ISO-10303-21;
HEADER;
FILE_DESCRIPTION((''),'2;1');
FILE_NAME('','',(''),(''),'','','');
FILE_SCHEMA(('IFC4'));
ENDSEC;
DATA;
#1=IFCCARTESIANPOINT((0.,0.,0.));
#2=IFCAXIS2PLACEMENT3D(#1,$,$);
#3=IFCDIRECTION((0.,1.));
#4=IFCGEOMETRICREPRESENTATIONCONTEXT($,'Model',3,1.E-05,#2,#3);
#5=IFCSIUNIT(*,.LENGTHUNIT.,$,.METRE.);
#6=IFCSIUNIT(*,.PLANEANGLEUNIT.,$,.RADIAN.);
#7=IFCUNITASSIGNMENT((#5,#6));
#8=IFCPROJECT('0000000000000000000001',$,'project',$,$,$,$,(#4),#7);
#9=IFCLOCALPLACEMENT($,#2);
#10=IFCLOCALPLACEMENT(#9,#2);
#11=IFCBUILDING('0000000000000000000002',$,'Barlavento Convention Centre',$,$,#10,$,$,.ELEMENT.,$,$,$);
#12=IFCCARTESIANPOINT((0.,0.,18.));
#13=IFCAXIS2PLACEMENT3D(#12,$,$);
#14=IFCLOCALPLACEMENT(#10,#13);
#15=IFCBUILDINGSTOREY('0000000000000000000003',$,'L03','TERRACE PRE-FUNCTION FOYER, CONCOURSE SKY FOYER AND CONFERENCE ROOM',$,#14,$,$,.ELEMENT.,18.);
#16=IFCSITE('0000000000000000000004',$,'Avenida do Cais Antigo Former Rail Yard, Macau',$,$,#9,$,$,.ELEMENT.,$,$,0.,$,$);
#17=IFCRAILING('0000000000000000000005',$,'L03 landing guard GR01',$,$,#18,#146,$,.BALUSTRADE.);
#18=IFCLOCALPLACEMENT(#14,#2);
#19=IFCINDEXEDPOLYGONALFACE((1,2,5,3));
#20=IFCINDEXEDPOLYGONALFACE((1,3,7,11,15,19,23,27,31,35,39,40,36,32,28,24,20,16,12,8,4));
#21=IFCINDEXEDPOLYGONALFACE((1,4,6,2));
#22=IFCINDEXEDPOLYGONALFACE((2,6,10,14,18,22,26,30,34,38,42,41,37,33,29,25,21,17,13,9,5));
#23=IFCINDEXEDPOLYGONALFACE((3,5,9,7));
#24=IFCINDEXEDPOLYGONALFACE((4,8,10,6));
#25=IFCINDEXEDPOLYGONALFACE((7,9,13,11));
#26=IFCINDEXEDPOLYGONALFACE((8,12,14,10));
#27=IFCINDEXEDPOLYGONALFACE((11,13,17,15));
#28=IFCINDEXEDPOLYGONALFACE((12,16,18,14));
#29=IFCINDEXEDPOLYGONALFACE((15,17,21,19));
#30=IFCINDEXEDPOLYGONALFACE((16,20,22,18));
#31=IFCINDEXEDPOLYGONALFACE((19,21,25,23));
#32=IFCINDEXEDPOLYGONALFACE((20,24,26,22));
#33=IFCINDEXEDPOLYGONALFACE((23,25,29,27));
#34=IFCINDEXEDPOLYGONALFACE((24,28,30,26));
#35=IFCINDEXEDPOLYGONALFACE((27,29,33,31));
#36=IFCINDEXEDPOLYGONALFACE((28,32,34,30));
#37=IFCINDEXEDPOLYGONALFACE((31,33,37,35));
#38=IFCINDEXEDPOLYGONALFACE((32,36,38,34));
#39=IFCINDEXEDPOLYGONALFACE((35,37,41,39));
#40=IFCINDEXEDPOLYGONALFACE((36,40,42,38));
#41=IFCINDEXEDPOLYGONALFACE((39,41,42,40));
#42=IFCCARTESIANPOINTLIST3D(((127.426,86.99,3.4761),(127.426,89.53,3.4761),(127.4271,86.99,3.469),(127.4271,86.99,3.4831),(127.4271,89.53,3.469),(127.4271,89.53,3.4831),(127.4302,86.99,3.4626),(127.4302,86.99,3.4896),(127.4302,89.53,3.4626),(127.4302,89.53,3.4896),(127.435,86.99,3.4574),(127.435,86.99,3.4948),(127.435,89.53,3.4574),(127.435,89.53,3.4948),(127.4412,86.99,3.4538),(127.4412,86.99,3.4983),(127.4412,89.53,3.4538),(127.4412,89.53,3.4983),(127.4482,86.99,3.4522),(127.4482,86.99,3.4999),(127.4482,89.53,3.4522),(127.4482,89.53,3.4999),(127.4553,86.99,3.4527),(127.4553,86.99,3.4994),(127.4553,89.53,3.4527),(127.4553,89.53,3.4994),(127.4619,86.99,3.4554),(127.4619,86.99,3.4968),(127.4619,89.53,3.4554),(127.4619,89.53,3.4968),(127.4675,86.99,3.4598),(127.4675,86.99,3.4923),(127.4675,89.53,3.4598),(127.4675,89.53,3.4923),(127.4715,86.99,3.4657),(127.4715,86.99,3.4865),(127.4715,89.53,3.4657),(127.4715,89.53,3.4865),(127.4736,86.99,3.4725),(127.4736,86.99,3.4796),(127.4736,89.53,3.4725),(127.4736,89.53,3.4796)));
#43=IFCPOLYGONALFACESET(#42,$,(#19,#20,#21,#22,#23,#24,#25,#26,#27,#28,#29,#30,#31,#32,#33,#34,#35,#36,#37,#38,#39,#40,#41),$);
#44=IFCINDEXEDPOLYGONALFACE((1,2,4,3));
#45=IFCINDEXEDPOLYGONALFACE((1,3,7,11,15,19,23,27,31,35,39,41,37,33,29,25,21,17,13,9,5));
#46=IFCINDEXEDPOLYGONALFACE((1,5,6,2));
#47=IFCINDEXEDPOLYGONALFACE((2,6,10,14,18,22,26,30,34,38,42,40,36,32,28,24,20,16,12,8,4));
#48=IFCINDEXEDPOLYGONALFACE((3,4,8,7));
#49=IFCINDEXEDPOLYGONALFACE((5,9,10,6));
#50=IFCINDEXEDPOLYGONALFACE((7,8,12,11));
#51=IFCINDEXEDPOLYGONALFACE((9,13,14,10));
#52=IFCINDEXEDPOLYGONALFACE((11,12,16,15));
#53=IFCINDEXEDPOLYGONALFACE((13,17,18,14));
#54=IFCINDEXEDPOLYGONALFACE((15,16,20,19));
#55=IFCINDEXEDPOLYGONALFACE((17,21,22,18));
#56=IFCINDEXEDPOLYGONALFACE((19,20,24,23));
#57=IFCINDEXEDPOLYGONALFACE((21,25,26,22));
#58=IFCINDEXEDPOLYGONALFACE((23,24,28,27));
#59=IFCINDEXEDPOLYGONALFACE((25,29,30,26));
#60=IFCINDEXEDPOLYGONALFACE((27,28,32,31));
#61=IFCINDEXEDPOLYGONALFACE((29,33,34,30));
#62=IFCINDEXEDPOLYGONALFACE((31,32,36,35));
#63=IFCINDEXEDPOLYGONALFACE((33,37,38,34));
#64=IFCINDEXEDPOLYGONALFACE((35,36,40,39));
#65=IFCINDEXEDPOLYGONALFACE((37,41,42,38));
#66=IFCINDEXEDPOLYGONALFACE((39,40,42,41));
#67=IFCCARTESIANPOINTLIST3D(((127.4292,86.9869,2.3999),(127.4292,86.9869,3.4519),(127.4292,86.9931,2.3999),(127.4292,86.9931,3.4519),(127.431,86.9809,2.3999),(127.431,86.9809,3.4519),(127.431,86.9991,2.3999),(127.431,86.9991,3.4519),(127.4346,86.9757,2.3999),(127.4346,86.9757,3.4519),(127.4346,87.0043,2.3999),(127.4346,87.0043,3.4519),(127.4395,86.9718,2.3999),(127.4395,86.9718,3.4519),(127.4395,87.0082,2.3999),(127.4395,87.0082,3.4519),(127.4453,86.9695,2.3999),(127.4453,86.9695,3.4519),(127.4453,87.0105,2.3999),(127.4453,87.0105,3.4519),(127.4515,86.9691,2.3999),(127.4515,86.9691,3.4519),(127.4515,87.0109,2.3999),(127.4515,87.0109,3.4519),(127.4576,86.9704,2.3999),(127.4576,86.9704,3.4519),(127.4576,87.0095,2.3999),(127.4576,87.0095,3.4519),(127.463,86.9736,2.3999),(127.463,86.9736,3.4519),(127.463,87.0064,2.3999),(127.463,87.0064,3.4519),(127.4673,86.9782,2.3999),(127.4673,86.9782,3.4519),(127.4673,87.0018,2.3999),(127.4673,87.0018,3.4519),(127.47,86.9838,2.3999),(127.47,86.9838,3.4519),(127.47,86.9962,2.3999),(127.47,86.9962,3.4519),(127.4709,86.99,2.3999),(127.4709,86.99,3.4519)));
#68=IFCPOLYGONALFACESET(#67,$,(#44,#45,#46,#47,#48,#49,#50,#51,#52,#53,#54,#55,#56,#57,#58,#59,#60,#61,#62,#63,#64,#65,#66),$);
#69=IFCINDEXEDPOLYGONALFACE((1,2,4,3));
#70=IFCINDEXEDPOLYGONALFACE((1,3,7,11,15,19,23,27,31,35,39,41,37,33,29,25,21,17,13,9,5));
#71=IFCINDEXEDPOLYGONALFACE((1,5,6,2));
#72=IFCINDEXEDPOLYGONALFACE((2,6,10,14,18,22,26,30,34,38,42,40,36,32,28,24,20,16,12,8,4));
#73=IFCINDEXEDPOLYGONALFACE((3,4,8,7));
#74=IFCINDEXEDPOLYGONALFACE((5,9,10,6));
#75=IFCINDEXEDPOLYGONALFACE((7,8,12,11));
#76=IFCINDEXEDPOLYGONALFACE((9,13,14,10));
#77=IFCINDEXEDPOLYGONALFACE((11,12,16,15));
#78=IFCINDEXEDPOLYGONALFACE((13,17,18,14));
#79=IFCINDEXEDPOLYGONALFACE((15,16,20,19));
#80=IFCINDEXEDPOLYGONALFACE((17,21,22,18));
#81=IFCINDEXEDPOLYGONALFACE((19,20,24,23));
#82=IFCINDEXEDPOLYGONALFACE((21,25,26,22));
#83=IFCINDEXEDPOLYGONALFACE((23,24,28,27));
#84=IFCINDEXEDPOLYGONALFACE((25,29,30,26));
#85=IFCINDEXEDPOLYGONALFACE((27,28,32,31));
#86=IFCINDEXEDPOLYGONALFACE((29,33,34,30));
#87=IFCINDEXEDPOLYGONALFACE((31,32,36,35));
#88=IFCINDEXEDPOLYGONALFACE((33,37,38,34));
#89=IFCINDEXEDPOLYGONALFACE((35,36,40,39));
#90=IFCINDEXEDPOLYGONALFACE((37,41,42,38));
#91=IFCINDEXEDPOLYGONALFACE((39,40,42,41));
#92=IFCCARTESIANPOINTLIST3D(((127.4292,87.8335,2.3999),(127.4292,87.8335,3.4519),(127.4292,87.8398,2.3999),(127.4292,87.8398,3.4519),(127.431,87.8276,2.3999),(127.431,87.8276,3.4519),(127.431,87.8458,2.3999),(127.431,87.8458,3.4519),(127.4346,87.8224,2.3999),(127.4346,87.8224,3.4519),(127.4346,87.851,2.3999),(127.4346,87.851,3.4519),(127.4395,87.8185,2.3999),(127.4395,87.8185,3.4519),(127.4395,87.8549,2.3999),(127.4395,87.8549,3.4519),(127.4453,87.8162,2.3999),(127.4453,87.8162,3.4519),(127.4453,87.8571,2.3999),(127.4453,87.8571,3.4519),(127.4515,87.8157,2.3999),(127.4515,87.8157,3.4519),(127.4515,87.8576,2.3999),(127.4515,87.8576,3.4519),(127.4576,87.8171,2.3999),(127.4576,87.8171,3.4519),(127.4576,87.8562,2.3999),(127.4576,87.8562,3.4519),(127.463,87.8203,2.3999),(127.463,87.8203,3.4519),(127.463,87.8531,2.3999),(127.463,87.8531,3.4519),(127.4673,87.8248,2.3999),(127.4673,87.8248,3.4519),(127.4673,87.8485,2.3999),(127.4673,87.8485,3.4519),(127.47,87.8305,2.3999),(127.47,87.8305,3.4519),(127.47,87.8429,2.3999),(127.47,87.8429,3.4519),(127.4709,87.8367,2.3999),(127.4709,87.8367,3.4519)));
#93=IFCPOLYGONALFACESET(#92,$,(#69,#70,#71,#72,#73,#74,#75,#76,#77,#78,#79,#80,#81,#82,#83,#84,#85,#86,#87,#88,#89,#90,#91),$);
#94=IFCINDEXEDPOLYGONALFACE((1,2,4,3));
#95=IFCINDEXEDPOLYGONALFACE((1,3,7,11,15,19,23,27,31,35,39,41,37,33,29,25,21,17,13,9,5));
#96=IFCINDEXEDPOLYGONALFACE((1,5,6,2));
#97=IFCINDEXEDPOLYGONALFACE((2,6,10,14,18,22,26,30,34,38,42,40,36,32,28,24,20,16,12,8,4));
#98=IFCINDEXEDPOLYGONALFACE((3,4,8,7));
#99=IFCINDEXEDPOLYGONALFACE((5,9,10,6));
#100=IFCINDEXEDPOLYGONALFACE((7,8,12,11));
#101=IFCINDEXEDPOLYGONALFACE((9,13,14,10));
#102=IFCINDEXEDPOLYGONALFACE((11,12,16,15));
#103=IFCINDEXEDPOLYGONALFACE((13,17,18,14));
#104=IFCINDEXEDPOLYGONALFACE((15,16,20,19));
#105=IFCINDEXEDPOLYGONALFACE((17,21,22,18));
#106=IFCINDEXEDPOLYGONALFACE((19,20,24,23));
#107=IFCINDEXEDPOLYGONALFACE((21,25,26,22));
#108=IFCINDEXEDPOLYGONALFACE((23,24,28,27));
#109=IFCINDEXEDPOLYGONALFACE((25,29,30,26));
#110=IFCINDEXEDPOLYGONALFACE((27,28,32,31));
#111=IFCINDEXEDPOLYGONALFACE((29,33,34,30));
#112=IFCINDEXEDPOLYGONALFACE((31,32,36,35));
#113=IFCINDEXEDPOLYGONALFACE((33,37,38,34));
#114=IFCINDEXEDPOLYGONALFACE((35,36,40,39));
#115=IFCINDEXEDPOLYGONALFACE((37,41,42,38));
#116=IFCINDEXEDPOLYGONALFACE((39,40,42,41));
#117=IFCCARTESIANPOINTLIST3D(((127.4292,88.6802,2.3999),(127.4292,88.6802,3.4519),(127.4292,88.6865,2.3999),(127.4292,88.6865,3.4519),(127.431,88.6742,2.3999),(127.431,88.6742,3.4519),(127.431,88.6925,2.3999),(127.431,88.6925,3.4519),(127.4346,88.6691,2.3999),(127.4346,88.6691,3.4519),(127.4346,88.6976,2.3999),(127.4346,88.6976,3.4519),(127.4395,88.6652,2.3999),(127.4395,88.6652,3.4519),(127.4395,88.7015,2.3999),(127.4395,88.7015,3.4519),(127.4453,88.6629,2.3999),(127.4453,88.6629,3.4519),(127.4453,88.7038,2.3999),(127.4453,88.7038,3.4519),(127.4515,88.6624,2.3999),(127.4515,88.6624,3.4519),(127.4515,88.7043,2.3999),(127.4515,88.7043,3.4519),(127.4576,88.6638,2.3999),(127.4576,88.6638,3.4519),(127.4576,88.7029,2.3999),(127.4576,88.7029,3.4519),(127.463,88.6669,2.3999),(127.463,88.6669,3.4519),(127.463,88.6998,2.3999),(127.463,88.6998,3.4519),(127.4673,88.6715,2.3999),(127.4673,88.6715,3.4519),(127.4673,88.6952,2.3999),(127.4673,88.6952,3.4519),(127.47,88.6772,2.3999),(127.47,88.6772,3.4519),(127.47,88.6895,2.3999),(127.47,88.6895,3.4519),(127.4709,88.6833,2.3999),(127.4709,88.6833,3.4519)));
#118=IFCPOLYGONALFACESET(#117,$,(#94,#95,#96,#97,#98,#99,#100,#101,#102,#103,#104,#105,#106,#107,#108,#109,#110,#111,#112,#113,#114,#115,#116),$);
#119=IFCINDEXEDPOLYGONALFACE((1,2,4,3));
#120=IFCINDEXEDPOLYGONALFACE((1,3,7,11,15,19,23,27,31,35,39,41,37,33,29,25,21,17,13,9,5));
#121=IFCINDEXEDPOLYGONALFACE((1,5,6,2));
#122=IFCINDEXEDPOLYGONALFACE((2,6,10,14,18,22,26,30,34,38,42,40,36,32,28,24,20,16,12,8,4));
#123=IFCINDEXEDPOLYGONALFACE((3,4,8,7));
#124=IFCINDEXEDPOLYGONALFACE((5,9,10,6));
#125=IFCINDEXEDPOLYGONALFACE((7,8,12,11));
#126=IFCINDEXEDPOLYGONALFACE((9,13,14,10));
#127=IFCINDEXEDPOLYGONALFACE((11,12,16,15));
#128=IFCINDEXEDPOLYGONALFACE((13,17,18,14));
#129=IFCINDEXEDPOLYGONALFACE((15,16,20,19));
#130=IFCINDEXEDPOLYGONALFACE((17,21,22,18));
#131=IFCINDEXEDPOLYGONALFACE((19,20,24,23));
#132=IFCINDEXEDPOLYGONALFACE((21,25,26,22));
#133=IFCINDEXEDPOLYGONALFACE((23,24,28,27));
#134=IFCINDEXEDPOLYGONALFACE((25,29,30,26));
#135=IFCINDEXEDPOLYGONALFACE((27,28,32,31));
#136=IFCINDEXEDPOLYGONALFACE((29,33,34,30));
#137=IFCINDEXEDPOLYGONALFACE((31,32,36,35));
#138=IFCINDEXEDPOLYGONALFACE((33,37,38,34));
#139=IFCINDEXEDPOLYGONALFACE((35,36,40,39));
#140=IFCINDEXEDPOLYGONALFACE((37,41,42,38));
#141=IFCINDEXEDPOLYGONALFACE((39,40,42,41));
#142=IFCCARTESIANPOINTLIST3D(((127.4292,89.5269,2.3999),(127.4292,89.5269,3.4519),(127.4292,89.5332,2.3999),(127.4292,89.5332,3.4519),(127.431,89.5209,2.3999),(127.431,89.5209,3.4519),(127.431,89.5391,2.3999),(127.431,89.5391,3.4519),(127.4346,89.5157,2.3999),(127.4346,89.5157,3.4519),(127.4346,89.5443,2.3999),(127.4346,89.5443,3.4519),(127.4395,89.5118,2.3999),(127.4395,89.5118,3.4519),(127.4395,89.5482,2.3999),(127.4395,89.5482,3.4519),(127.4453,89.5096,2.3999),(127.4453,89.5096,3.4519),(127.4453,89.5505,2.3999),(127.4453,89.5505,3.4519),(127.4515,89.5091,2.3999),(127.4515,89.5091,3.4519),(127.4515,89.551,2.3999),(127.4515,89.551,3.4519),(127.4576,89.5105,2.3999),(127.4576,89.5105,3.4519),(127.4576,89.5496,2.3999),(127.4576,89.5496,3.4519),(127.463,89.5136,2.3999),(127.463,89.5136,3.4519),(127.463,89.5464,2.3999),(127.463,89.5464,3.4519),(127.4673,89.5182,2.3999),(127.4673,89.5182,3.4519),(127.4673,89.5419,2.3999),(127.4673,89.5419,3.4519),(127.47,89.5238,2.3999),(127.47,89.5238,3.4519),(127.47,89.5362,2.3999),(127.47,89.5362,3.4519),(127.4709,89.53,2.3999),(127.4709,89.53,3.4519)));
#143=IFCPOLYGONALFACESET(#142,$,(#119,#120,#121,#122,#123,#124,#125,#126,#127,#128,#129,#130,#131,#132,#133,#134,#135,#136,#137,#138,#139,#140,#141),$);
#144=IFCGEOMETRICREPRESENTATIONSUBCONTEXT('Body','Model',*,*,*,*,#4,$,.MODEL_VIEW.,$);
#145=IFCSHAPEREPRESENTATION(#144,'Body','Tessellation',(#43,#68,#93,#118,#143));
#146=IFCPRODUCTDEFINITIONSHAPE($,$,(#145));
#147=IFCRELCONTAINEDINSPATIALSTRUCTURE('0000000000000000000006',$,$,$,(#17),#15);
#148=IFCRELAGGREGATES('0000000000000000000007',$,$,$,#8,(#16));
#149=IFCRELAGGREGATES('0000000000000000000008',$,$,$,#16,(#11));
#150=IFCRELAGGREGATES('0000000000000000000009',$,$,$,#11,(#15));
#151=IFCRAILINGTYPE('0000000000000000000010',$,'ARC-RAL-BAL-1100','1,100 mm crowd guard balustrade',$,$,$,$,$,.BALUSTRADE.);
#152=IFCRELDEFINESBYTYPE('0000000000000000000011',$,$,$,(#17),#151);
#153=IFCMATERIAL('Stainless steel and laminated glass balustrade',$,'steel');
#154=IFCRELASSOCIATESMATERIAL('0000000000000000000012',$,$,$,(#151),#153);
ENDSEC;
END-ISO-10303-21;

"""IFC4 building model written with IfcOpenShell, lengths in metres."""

from ifc_helpers import new_model, si_unit, direction, frame, origin, origin_2d, place, context, subcontext, project, spatial, circle, extrude, material, type_object, element, save


model = new_model("IFC4")

# Units and contexts
model_context = context("Model", 3, precision=1e-05, world=origin(), true_north=direction((0.0, 1.0)))
body_context = subcontext(model_context, "Body", "Model", "MODEL_VIEW")
ifc_project = project(units=[si_unit("LENGTHUNIT", "METRE"), si_unit("PLANEANGLEUNIT", "RADIAN")], contexts=[model_context])

# Site, building, storey
site_placement = place(None, origin())
site = spatial("IfcSite", under=ifc_project, at=site_placement, Name="Avenida do Cais Antigo Former Rail Yard, Macau", CompositionType="ELEMENT", RefElevation=0.0)
building_placement = place(site_placement, origin())
building = spatial("IfcBuilding", under=site, at=building_placement, Name="Barlavento Convention Centre", CompositionType="ELEMENT")
storey_placement = place(building_placement, frame((0.0, 0.0, 18.0)))
storey = spatial("IfcBuildingStorey", under=building, at=storey_placement, Name="L03", Description="TERRACE PRE-FUNCTION FOYER, CONCOURSE SKY FOYER AND CONFERENCE ROOM", CompositionType="ELEMENT", Elevation=18.0)

# Railing
ifc_material_1 = material(Name="Stainless steel and laminated glass balustrade", Category="steel")
railing_type_1 = type_object("IfcRailingType", Name="ARC-RAL-BAL-1100", Description="1,100 mm crowd guard balustrade", PredefinedType="BALUSTRADE", material=ifc_material_1)
for number, where, name in (
    (1, (127.45, 86.99, 2.3999), "L03 landing guard GR01"),
):
    element("IfcRailing", number, at=place(storey_placement, frame(where)), inside=storey, type_object=railing_type_1, Name=name, PredefinedType="BALUSTRADE", context=body_context, shape_type="SweptSolid", body=[
        extrude(circle(Radius=0.0239, at=origin_2d()), frame((0.0, 0.0, 1.0762), z_axis=(0.0, 1.0, 0.0), x_axis=(-1.0, 0.0, 0.0)), (0.0, 0.0, 1.0), 2.54),
        extrude(circle(Radius=0.021, at=origin_2d()), origin(), (0.0, 0.0, 1.0), 1.052),
        extrude(circle(Radius=0.021, at=origin_2d()), frame((0.0, 0.8467, 0.0)), (0.0, 0.0, 1.0), 1.052),
        extrude(circle(Radius=0.021, at=origin_2d()), frame((0.0, 1.6934, 0.0)), (0.0, 0.0, 1.0), 1.052),
        extrude(circle(Radius=0.021, at=origin_2d()), frame((0.0, 2.54, 0.0)), (0.0, 0.0, 1.0), 1.052),
    ])

save(model, "model.ifc")
